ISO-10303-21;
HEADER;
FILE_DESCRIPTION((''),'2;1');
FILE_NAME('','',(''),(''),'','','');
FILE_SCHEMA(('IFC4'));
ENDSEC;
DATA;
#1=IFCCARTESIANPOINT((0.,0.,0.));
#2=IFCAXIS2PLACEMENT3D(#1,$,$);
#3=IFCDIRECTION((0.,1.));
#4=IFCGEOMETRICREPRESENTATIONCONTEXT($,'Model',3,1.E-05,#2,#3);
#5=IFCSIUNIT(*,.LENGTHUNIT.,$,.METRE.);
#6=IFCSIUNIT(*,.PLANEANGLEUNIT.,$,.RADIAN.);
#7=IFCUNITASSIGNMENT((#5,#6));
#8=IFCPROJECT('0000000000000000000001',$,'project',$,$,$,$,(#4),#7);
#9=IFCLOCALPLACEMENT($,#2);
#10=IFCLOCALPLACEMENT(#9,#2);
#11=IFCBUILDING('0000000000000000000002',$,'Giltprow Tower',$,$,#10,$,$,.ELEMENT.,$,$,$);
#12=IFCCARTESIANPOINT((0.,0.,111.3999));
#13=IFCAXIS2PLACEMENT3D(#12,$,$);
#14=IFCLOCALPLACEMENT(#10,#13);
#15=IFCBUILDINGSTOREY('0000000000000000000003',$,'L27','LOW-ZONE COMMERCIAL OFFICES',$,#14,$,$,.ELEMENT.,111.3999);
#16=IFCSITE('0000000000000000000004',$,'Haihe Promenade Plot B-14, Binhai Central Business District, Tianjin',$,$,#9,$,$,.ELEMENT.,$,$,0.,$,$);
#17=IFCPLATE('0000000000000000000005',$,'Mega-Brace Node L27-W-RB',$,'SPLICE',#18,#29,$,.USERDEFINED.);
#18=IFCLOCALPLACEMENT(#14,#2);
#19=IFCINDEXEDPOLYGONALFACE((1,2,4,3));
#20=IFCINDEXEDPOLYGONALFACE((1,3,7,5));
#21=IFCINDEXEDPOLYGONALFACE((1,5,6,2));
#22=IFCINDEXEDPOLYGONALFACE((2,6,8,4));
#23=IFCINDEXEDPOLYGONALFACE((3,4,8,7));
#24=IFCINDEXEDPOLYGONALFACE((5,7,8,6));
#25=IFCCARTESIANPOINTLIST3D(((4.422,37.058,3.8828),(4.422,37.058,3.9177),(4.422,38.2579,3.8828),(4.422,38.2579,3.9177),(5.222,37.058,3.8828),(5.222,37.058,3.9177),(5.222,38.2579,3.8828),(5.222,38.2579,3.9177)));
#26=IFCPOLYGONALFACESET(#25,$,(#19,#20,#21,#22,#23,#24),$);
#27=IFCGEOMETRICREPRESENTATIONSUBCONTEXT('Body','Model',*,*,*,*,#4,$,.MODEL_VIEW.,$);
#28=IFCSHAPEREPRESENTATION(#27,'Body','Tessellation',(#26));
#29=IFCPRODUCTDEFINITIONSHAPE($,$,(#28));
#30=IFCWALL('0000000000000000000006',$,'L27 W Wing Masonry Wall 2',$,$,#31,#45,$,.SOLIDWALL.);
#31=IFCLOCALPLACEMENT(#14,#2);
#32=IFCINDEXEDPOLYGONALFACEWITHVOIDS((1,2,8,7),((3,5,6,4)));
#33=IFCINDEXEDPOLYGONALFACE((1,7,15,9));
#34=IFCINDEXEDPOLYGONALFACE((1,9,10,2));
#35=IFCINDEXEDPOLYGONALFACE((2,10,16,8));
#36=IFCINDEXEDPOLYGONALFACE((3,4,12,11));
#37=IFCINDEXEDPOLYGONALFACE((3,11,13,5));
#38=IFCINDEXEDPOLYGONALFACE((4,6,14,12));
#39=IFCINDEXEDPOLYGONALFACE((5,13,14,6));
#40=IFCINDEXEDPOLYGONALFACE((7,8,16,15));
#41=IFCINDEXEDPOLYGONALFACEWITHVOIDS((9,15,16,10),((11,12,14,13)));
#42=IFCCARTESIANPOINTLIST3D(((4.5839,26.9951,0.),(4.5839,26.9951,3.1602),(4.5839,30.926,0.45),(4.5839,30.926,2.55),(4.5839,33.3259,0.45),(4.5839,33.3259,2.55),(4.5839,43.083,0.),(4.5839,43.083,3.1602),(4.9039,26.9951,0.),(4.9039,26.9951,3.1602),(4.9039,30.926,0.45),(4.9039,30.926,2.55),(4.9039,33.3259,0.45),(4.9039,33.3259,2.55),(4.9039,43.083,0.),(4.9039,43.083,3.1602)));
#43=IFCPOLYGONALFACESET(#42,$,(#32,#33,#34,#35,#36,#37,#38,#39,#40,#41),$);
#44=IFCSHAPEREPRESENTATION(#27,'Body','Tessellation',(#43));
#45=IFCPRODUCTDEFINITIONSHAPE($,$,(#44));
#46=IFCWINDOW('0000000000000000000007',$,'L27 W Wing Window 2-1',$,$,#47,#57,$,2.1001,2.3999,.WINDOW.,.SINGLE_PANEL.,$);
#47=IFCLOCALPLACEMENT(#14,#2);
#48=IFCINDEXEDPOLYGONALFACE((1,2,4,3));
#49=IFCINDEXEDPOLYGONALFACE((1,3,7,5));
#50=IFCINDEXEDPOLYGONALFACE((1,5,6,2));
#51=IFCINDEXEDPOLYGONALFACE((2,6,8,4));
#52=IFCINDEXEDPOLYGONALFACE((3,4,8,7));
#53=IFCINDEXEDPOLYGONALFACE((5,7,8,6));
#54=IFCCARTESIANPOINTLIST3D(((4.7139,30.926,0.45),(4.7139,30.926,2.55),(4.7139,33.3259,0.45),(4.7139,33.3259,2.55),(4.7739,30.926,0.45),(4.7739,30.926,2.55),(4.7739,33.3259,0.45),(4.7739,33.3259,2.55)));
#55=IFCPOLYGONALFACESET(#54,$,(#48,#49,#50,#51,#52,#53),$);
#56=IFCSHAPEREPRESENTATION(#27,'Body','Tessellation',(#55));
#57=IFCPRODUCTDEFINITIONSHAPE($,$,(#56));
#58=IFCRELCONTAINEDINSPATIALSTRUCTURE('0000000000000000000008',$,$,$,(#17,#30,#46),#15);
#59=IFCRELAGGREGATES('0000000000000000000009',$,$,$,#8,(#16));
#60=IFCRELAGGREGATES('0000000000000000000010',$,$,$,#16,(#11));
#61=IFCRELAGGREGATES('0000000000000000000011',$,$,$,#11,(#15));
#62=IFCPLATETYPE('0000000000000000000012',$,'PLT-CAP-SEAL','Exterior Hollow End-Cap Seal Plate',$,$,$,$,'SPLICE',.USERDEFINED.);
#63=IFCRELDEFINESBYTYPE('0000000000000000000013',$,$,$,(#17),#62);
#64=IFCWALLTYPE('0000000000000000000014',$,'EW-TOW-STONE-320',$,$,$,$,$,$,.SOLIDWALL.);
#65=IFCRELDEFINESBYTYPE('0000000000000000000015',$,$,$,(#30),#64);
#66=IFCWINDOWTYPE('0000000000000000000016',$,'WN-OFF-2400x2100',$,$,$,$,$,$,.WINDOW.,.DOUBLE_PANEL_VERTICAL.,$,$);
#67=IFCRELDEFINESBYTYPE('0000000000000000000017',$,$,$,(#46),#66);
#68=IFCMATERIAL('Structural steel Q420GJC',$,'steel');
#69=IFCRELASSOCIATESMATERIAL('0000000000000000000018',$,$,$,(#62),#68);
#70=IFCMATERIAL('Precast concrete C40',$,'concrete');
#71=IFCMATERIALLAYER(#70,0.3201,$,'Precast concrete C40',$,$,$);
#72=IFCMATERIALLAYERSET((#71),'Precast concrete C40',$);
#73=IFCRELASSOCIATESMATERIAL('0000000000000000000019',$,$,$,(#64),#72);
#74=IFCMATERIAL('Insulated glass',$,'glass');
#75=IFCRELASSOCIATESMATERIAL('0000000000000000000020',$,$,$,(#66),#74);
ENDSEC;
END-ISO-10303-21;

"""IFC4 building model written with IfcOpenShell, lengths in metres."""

from ifc_helpers import new_model, si_unit, direction, frame, frame_2d, origin, origin_2d, place, context, subcontext, project, spatial, rectangle, extrude, source, transform, mapped, material, layer, layer_set, type_object, element, fill, save


model = new_model("IFC4")

# Units and contexts
model_context = context("Model", 3, precision=1e-05, world=origin(), true_north=direction((0.0, 1.0)))
body_context = subcontext(model_context, "Body", "Model", "MODEL_VIEW")
ifc_project = project(units=[si_unit("LENGTHUNIT", "METRE"), si_unit("PLANEANGLEUNIT", "RADIAN")], contexts=[model_context])

# Site, building, storey
site_placement = place(None, origin())
site = spatial("IfcSite", under=ifc_project, at=site_placement, Name="Haihe Promenade Plot B-14, Binhai Central Business District, Tianjin", CompositionType="ELEMENT", RefElevation=0.0)
building_placement = place(site_placement, origin())
building = spatial("IfcBuilding", under=site, at=building_placement, Name="Giltprow Tower", CompositionType="ELEMENT")
storey_placement = place(building_placement, frame((0.0, 0.0, 111.3999)))
storey = spatial("IfcBuildingStorey", under=building, at=storey_placement, Name="L27", Description="LOW-ZONE COMMERCIAL OFFICES", CompositionType="ELEMENT", Elevation=111.3999)

# Shared definitions
ifc_material_1 = material(Name="Structural steel Q420GJC", Category="steel")

# Plate
plate_type = type_object("IfcPlateType", Name="PLT-CAP-SEAL", Description="Exterior Hollow End-Cap Seal Plate", ElementType="SPLICE", PredefinedType="USERDEFINED", material=ifc_material_1)
shared_shape_1 = source(origin(), body_context, "Body", "SweptSolid", [
    extrude(rectangle(XDim=1.2, YDim=0.8, at=origin_2d()), origin(), (0.0, 0.0, 1.0), 0.0349),
])
plate_placement = place(storey_placement, frame((4.822, 37.658, 3.8828), z_axis=(0.0, 0.0, 1.0), x_axis=(0.0, 1.0, 0.0)))
element("IfcPlate", 1, at=plate_placement, inside=storey, type_object=plate_type, Name="Mega-Brace Node L27-W-RB", ObjectType="SPLICE", PredefinedType="USERDEFINED", context=body_context, shape_type="MappedRepresentation", body=[
    mapped(shared_shape_1, transform((0.0, 0.0, 0.0), x_axis=(1.0, 0.0, 0.0), y_axis=(0.0, 1.0, 0.0), z_axis=(0.0, 0.0, 1.0), scale=1.0)),
])

# Wall, opening, window
ifc_material_2 = material(Name="Precast concrete C40", Category="concrete")
ifc_layer_1 = layer(ifc_material_2, 0.3201, Name="Precast concrete C40")
ifc_layer_set_1 = layer_set([ifc_layer_1], Name="Precast concrete C40")
wall_type_1 = type_object("IfcWallType", Name="EW-TOW-STONE-320", PredefinedType="SOLIDWALL", material=ifc_layer_set_1)
wall_1_placement = place(storey_placement, frame((4.7439, 26.9951, 0.0), z_axis=(0.0, 0.0, 1.0), x_axis=(0.0, 1.0, 0.0)))
wall_1 = element("IfcWall", 2, at=wall_1_placement, inside=storey, type_object=wall_type_1, Name="L27 W Wing Masonry Wall 2", PredefinedType="SOLIDWALL", context=body_context, shape_type="SweptSolid", body=[
    extrude(rectangle(XDim=16.0879, YDim=0.3201, at=frame_2d((8.0439, 0.0))), origin(), (0.0, 0.0, 1.0), 3.1602),
])
opening_1_placement = place(wall_1_placement, frame((3.9309, 0.0, 0.45)))
opening_1 = element("IfcOpeningElement", 3, at=opening_1_placement, cuts=wall_1, PredefinedType="OPENING", context=body_context, shape_type="SweptSolid", body=[
    extrude(rectangle(XDim=2.3999, YDim=2.1001, at=frame_2d((1.2, 1.05))), frame((0.0, 0.1699, 0.0), z_axis=(0.0, -1.0, 0.0), x_axis=(1.0, 0.0, 0.0)), (0.0, 0.0, 1.0), 0.3401),
])
ifc_material_3 = material(Name="Insulated glass", Category="glass")
window_type = type_object("IfcWindowType", Name="WN-OFF-2400x2100", PartitioningType="DOUBLE_PANEL_VERTICAL", PredefinedType="WINDOW", material=ifc_material_3)
shared_shape_2 = source(origin(), body_context, "Body", "SweptSolid", [
    extrude(rectangle(XDim=2.3999, YDim=2.1001, at=frame_2d((1.2, 1.05))), frame((0.0, 0.03, 0.0), z_axis=(0.0, -1.0, 0.0), x_axis=(1.0, 0.0, 0.0)), (0.0, 0.0, 1.0), 0.0601),
])
window_placement = place(opening_1_placement, origin())
window = element("IfcWindow", 4, at=window_placement, inside=storey, type_object=window_type, Name="L27 W Wing Window 2-1", OverallHeight=2.1001, OverallWidth=2.3999, PartitioningType="SINGLE_PANEL", PredefinedType="WINDOW", context=body_context, shape_type="MappedRepresentation", body=[
    mapped(shared_shape_2, transform((0.0, 0.0, 0.0), x_axis=(1.0, 0.0, 0.0), y_axis=(0.0, 1.0, 0.0), z_axis=(0.0, 0.0, 1.0), scale=1.0)),
])
fill(opening_1, window)

save(model, "model.ifc")
